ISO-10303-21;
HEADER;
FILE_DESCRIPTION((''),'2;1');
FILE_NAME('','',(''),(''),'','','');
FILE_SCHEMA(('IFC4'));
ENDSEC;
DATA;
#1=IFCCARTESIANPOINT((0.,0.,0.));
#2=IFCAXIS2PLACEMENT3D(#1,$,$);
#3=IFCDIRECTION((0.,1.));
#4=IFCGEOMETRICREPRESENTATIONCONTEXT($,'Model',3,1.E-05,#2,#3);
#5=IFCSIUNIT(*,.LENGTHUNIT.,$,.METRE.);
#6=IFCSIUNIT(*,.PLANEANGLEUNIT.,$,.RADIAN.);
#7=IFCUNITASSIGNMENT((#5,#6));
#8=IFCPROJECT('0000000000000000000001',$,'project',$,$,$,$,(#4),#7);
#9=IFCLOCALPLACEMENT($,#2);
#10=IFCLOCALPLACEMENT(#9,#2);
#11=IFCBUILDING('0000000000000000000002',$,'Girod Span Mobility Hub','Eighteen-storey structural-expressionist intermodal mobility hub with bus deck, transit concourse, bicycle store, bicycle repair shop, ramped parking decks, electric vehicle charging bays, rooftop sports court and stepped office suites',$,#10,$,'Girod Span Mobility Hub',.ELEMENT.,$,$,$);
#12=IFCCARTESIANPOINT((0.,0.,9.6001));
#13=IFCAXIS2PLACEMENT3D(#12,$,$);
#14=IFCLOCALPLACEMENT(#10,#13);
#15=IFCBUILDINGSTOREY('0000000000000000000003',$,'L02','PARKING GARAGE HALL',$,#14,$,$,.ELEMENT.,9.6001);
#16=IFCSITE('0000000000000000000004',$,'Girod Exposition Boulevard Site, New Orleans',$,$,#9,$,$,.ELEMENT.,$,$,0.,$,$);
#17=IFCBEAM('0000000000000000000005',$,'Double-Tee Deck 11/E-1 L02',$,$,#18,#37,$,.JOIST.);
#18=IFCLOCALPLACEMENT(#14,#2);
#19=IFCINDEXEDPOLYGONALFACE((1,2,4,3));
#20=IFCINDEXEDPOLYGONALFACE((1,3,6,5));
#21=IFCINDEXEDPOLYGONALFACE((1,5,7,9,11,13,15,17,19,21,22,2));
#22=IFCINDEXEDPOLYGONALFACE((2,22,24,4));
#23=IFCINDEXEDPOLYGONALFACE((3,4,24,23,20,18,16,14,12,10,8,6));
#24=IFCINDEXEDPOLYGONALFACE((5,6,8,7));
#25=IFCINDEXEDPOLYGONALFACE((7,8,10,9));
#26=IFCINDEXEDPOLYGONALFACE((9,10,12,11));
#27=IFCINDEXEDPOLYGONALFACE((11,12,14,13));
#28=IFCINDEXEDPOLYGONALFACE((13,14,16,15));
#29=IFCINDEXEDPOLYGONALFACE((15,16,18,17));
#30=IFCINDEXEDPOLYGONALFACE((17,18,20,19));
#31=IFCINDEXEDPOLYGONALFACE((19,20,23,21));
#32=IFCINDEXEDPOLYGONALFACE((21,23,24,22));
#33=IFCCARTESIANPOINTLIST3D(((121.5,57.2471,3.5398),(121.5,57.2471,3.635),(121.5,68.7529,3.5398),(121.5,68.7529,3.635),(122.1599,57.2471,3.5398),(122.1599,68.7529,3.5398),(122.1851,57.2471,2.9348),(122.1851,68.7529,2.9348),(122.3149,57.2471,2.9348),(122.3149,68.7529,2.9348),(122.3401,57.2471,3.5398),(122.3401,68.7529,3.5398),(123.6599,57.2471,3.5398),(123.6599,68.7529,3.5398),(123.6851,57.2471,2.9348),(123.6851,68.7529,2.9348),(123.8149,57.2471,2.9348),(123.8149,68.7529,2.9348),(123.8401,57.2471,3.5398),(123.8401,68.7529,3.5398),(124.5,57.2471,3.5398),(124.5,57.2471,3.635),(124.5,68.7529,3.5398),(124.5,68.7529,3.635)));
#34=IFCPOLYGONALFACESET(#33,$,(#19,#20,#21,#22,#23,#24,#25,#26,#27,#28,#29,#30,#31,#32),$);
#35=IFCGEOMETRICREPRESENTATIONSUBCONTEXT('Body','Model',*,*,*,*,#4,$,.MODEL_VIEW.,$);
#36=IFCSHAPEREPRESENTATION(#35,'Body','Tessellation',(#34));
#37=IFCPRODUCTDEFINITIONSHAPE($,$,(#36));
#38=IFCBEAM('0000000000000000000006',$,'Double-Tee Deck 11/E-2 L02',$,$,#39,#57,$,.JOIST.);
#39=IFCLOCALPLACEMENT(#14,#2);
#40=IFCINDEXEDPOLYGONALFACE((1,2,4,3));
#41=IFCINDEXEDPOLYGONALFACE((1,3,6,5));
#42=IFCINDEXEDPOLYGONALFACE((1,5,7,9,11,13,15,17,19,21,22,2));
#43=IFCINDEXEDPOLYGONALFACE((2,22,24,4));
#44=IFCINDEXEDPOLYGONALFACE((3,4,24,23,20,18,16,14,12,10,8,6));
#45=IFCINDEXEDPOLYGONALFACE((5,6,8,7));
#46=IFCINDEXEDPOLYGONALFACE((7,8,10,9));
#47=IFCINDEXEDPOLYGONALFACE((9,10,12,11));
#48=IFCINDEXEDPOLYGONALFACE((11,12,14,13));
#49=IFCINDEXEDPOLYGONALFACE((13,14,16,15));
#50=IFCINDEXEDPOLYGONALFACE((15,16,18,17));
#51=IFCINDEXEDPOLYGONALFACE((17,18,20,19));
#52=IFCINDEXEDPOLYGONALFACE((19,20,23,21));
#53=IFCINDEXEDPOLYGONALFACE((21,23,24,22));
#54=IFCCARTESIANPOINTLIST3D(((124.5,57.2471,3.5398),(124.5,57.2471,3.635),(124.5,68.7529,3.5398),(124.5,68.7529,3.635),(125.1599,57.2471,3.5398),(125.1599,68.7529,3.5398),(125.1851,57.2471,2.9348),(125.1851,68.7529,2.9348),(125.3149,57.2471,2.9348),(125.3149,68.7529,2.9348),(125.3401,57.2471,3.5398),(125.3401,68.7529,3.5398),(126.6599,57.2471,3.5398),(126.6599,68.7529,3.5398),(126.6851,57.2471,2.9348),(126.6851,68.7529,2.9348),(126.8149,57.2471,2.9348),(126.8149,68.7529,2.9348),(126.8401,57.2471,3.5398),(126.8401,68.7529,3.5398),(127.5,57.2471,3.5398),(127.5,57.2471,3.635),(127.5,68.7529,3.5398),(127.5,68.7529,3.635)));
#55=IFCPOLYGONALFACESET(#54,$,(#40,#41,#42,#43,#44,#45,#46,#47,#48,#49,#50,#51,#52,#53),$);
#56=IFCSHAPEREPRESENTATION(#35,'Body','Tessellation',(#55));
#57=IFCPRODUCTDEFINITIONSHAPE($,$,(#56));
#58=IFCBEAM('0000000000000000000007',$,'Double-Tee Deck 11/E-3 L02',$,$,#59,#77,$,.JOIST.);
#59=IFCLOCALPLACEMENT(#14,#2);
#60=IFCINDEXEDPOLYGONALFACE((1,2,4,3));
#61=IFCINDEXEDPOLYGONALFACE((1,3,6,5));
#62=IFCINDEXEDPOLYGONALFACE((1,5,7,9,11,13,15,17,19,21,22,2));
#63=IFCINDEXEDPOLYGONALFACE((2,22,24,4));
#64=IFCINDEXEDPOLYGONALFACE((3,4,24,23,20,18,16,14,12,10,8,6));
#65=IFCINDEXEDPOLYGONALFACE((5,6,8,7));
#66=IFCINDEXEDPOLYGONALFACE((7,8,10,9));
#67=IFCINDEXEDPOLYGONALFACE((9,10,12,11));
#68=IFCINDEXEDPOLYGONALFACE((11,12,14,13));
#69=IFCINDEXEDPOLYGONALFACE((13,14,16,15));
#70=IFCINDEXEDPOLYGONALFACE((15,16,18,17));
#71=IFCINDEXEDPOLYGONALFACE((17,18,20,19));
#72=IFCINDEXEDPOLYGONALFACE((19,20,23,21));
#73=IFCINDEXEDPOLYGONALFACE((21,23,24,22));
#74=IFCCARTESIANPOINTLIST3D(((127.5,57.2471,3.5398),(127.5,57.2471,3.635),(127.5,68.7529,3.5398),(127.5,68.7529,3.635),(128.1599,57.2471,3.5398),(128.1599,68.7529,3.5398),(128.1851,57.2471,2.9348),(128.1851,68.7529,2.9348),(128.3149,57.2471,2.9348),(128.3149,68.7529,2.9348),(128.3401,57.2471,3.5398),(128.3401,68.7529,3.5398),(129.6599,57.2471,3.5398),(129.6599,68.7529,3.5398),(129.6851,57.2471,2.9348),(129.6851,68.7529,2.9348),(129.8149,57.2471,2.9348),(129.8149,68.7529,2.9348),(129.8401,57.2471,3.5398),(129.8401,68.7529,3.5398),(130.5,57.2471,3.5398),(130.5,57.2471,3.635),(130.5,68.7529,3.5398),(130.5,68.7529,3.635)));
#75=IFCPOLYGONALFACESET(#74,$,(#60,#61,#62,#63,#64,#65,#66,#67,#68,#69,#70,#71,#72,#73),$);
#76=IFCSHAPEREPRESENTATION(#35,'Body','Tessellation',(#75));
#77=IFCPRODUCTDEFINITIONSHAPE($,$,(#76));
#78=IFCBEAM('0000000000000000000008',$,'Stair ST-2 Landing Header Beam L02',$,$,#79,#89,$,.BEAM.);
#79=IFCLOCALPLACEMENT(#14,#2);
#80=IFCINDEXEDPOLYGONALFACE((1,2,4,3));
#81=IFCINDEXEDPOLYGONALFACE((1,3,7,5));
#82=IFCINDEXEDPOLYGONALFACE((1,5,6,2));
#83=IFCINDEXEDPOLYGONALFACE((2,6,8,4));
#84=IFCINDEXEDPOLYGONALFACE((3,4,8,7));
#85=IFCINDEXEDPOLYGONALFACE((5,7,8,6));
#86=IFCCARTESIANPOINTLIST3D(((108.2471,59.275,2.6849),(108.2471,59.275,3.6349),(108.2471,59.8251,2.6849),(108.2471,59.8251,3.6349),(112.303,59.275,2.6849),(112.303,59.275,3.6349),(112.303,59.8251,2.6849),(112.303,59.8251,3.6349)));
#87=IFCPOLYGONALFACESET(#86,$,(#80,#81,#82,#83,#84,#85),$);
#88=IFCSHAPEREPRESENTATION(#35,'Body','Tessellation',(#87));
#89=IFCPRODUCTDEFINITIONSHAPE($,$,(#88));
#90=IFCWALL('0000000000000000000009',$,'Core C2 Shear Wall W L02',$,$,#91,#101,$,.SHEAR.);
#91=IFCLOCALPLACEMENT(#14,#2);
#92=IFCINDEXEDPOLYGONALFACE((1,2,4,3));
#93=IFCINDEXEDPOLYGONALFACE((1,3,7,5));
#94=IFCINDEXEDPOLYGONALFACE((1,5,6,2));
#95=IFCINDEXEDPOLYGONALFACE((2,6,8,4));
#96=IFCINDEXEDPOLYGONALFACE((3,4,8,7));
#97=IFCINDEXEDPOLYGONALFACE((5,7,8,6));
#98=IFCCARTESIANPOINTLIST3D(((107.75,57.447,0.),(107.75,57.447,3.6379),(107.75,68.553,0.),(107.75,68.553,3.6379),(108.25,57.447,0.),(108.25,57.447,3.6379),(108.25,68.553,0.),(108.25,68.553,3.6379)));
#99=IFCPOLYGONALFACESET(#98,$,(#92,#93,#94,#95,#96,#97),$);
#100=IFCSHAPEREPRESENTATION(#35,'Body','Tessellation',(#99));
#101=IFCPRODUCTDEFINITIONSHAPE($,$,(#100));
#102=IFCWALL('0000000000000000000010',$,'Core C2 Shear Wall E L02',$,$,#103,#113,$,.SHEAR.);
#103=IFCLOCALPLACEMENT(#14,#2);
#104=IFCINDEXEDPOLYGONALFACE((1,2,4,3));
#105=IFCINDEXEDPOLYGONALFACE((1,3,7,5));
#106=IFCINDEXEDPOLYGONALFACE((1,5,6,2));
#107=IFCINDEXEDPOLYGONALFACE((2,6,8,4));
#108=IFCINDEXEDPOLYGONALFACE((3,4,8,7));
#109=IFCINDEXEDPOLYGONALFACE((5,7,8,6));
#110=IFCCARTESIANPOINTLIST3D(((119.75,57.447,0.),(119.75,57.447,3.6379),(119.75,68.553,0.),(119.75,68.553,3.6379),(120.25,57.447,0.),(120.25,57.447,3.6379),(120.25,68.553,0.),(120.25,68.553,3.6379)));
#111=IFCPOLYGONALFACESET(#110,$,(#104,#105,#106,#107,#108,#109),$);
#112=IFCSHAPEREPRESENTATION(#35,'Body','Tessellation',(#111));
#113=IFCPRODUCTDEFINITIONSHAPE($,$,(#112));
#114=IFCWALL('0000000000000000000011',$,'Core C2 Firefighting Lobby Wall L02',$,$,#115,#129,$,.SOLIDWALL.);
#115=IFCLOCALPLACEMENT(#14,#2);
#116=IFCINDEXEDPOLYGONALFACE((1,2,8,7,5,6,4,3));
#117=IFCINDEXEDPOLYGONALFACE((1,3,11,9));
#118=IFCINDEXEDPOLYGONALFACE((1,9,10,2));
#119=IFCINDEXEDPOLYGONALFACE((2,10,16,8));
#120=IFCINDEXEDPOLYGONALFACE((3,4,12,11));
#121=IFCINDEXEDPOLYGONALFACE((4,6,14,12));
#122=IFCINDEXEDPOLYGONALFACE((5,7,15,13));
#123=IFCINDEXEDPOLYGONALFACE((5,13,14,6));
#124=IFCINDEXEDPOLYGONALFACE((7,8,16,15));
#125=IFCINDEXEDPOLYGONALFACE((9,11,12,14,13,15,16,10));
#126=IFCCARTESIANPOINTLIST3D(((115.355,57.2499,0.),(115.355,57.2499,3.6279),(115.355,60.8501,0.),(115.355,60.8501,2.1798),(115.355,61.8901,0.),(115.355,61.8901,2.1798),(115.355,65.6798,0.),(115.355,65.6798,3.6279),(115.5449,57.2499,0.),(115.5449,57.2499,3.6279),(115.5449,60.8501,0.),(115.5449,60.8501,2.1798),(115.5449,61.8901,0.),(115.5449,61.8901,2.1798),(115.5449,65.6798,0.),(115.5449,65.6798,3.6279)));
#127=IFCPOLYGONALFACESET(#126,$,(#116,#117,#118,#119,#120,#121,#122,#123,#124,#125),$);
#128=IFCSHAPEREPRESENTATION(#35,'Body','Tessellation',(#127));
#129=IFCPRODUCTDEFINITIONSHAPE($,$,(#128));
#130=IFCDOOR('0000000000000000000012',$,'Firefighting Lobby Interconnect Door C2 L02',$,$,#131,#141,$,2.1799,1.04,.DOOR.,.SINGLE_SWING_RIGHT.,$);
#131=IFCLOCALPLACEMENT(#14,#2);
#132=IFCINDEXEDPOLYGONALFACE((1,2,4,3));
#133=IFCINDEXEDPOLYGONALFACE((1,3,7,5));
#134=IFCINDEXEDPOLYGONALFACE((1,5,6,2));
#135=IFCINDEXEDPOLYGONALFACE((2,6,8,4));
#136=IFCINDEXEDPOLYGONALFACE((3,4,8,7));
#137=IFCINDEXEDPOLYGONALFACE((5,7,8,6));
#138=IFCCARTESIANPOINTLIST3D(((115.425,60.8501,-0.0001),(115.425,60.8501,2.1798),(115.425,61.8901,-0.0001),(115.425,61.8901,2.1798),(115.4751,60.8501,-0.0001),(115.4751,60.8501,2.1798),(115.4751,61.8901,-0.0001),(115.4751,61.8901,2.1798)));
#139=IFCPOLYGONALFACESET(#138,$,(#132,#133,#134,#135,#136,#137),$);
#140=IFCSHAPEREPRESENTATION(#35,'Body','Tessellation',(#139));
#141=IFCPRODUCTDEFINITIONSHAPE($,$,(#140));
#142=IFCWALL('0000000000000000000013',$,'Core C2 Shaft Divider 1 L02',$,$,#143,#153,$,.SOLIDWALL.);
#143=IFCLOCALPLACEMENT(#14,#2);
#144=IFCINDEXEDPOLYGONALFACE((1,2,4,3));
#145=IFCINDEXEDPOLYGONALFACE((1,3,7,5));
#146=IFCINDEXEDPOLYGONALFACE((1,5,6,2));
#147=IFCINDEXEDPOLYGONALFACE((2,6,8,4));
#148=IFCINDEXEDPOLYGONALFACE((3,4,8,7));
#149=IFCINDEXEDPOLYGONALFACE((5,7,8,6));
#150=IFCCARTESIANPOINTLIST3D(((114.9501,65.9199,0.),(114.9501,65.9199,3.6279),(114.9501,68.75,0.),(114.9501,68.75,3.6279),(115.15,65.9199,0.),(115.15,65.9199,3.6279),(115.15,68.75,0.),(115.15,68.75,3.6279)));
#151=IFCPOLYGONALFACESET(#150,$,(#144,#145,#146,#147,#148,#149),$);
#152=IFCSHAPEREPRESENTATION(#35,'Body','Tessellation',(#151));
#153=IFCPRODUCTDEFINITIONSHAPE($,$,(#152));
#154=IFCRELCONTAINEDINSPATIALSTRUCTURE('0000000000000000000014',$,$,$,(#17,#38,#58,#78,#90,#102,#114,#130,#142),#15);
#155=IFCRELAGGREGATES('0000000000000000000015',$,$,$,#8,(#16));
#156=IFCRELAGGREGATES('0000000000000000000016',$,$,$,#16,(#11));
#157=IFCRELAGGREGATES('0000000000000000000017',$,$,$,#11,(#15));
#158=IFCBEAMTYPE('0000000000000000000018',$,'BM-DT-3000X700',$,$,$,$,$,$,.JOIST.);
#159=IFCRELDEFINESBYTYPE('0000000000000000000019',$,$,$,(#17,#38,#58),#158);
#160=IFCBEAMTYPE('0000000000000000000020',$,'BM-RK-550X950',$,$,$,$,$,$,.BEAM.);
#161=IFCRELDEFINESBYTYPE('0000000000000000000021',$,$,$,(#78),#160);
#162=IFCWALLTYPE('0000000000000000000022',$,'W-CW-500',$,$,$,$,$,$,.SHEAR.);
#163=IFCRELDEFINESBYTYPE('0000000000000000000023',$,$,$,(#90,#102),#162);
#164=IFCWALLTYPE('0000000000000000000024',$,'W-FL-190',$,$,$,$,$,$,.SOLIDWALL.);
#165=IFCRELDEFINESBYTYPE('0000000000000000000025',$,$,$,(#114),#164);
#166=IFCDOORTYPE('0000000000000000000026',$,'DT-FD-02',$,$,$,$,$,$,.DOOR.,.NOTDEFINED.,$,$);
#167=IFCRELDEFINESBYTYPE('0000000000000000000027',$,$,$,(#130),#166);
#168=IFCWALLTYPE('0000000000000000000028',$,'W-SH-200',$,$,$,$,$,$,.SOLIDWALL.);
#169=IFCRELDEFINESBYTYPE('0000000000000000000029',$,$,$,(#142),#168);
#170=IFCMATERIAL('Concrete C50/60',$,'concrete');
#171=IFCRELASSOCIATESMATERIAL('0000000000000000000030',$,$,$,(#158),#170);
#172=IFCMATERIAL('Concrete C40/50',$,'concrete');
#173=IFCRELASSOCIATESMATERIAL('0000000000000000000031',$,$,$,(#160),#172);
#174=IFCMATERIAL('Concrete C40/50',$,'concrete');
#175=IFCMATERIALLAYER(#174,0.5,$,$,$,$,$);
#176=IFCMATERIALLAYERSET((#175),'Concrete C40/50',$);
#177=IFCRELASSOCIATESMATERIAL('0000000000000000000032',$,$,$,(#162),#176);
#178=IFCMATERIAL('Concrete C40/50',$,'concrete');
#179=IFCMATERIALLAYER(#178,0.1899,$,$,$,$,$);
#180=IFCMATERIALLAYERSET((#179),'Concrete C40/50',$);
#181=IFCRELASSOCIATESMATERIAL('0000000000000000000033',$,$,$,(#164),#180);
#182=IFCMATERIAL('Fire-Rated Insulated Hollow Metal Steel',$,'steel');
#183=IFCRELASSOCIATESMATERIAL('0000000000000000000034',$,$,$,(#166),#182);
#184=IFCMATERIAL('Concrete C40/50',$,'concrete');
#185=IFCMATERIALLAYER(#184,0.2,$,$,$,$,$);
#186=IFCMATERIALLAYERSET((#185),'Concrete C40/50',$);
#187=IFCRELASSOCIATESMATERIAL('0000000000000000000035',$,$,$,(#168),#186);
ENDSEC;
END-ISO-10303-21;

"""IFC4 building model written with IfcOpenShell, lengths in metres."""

from ifc_helpers import new_model, si_unit, direction, frame, frame_2d, origin, origin_2d, place, context, subcontext, project, spatial, polyline, rectangle, outline, extrude, material, layer, layer_set, material_profile, profile_set, type_object, element, fill, save


model = new_model("IFC4")

# Units and contexts
model_context = context("Model", 3, precision=1e-05, world=origin(), true_north=direction((0.0, 1.0)))
body_context = subcontext(model_context, "Body", "Model", "MODEL_VIEW")
ifc_project = project(units=[si_unit("LENGTHUNIT", "METRE"), si_unit("PLANEANGLEUNIT", "RADIAN")], contexts=[model_context])

# Site, building, storey
site_placement = place(None, origin())
site = spatial("IfcSite", under=ifc_project, at=site_placement, Name="Girod Exposition Boulevard Site, New Orleans", CompositionType="ELEMENT", RefElevation=0.0)
building_placement = place(site_placement, origin())
building = spatial("IfcBuilding", under=site, at=building_placement, Name="Girod Span Mobility Hub", Description="Eighteen-storey structural-expressionist intermodal mobility hub with bus deck, transit concourse, bicycle store, bicycle repair shop, ramped parking decks, electric vehicle charging bays, rooftop sports court and stepped office suites", LongName="Girod Span Mobility Hub", CompositionType="ELEMENT")
storey_placement = place(building_placement, frame((0.0, 0.0, 9.6001)))
storey = spatial("IfcBuildingStorey", under=building, at=storey_placement, Name="L02", Description="PARKING GARAGE HALL", CompositionType="ELEMENT", Elevation=9.6001)

# Beams
ifc_material_1 = material(Name="Concrete C50/60", Category="concrete")
ifc_material_profile_1 = material_profile(ifc_material_1, outline(polyline([(-1.5, 0.3501), (-1.5, 0.2549), (-0.8401, 0.2549), (-0.8149, -0.3501), (-0.6851, -0.3501), (-0.6599, 0.2549), (0.6599, 0.2549), (0.6851, -0.3501), (0.8149, -0.3501), (0.8401, 0.2549), (1.5, 0.2549), (1.5, 0.3501), (-1.5, 0.3501)])), Name="DT-3000X700")
ifc_profile_set_1 = profile_set([ifc_material_profile_1], Name="Concrete C50/60")
beam_type_1 = type_object("IfcBeamType", Name="BM-DT-3000X700", PredefinedType="JOIST", material=ifc_profile_set_1)
for number, where, z_axis, x_axis, name in (
    (1, (123.0, 57.2471, 3.2849), (0.0, 1.0, 0.0), (-1.0, 0.0, 0.0), "Double-Tee Deck 11/E-1 L02"),
    (2, (126.0, 57.2471, 3.2849), (0.0, 1.0, 0.0), (-1.0, 0.0, 0.0), "Double-Tee Deck 11/E-2 L02"),
    (3, (129.0, 57.2471, 3.2849), (0.0, 1.0, 0.0), (-1.0, 0.0, 0.0), "Double-Tee Deck 11/E-3 L02"),
):
    element("IfcBeam", number, at=place(storey_placement, frame(where, z_axis=z_axis, x_axis=x_axis)), inside=storey, type_object=beam_type_1, Name=name, PredefinedType="JOIST", context=body_context, shape_type="SweptSolid", body=[
        extrude(outline(polyline([(-1.5, 0.3501), (-1.5, 0.2549), (-0.8401, 0.2549), (-0.8149, -0.3501), (-0.6851, -0.3501), (-0.6599, 0.2549), (0.6599, 0.2549), (0.6851, -0.3501), (0.8149, -0.3501), (0.8401, 0.2549), (1.5, 0.2549), (1.5, 0.3501), (-1.5, 0.3501)])), origin(), (0.0, 0.0, 1.0), 11.5059),
    ])
ifc_material_2 = material(Name="Concrete C40/50", Category="concrete")
ifc_material_profile_2 = material_profile(ifc_material_2, rectangle(XDim=0.55, YDim=0.95, at=origin_2d()), Name="RK-550X950")
ifc_profile_set_2 = profile_set([ifc_material_profile_2], Name="Concrete C40/50")
beam_type_2 = type_object("IfcBeamType", Name="BM-RK-550X950", PredefinedType="BEAM", material=ifc_profile_set_2)
beam_placement = place(storey_placement, frame((108.2471, 59.55, 3.1599), z_axis=(1.0, 0.0, 0.0), x_axis=(0.0, 1.0, 0.0)))
element("IfcBeam", 4, at=beam_placement, inside=storey, type_object=beam_type_2, Name="Stair ST-2 Landing Header Beam L02", PredefinedType="BEAM", context=body_context, shape_type="SweptSolid", body=[
    extrude(rectangle(XDim=0.55, YDim=0.95, at=origin_2d()), origin(), (0.0, 0.0, 1.0), 4.0559),
])

# Walls
ifc_material_3 = material(Name="Concrete C40/50", Category="concrete")
ifc_layer_1 = layer(ifc_material_3, 0.5)
ifc_layer_set_1 = layer_set([ifc_layer_1], Name="Concrete C40/50")
wall_type_1 = type_object("IfcWallType", Name="W-CW-500", PredefinedType="SHEAR", material=ifc_layer_set_1)
for number, where, z_axis, x_axis, name in (
    (5, (108.0, 57.447, 0.0), (0.0, 0.0, 1.0), (0.0, 1.0, 0.0), "Core C2 Shear Wall W L02"),
    (6, (120.0, 57.447, 0.0), (0.0, 0.0, 1.0), (0.0, 1.0, 0.0), "Core C2 Shear Wall E L02"),
):
    element("IfcWall", number, at=place(storey_placement, frame(where, z_axis=z_axis, x_axis=x_axis)), inside=storey, type_object=wall_type_1, Name=name, PredefinedType="SHEAR", context=body_context, shape_type="SweptSolid", body=[
        extrude(rectangle(XDim=11.106, YDim=0.5, at=frame_2d((5.553, 0.0))), origin(), (0.0, 0.0, 1.0), 3.6379),
    ])

# Wall, opening, door
ifc_material_4 = material(Name="Concrete C40/50", Category="concrete")
ifc_layer_2 = layer(ifc_material_4, 0.1899)
ifc_layer_set_2 = layer_set([ifc_layer_2], Name="Concrete C40/50")
wall_type_2 = type_object("IfcWallType", Name="W-FL-190", PredefinedType="SOLIDWALL", material=ifc_layer_set_2)
wall_1_placement = place(storey_placement, frame((115.45, 57.25, 0.0), z_axis=(0.0, 0.0, 1.0), x_axis=(0.0, 1.0, 0.0)))
wall_1 = element("IfcWall", 7, at=wall_1_placement, inside=storey, type_object=wall_type_2, Name="Core C2 Firefighting Lobby Wall L02", PredefinedType="SOLIDWALL", context=body_context, shape_type="SweptSolid", body=[
    extrude(rectangle(XDim=8.4299, YDim=0.1899, at=frame_2d((4.2148, 0.0))), origin(), (0.0, 0.0, 1.0), 3.6279),
])
opening_1_placement = place(wall_1_placement, frame((3.6001, 0.0, 0.0)))
opening_1 = element("IfcOpeningElement", 8, at=opening_1_placement, cuts=wall_1, PredefinedType="OPENING", context=body_context, shape_type="SweptSolid", body=[
    extrude(rectangle(XDim=1.04, YDim=2.1799, at=frame_2d((0.52, 1.0898))), frame((0.0, 0.1099, 0.0), z_axis=(0.0, -1.0, 0.0), x_axis=(1.0, 0.0, 0.0)), (0.0, 0.0, 1.0), 0.22),
])
ifc_material_5 = material(Name="Fire-Rated Insulated Hollow Metal Steel", Category="steel")
door_type_1 = type_object("IfcDoorType", Name="DT-FD-02", OperationType="NOTDEFINED", PredefinedType="DOOR", material=ifc_material_5)
door_1_placement = place(opening_1_placement, origin())
door_1 = element("IfcDoor", 9, at=door_1_placement, inside=storey, type_object=door_type_1, Name="Firefighting Lobby Interconnect Door C2 L02", OperationType="SINGLE_SWING_RIGHT", OverallHeight=2.1799, OverallWidth=1.04, PredefinedType="DOOR", context=body_context, shape_type="SweptSolid", body=[
    extrude(rectangle(XDim=1.04, YDim=2.1799, at=frame_2d((0.52, 1.0898))), frame((0.0, 0.0249, 0.0), z_axis=(0.0, -1.0, 0.0), x_axis=(1.0, 0.0, 0.0)), (0.0, 0.0, 1.0), 0.05),
])
fill(opening_1, door_1)

# Wall
ifc_material_6 = material(Name="Concrete C40/50", Category="concrete")
ifc_layer_3 = layer(ifc_material_6, 0.2)
ifc_layer_set_3 = layer_set([ifc_layer_3], Name="Concrete C40/50")
wall_type_3 = type_object("IfcWallType", Name="W-SH-200", PredefinedType="SOLIDWALL", material=ifc_layer_set_3)
wall_2_placement = place(storey_placement, frame((115.05, 65.9199, 0.0), z_axis=(0.0, 0.0, 1.0), x_axis=(0.0, 1.0, 0.0)))
element("IfcWall", 10, at=wall_2_placement, inside=storey, type_object=wall_type_3, Name="Core C2 Shaft Divider 1 L02", PredefinedType="SOLIDWALL", context=body_context, shape_type="SweptSolid", body=[
    extrude(rectangle(XDim=2.8301, YDim=0.2, at=frame_2d((1.415, 0.0))), origin(), (0.0, 0.0, 1.0), 3.6279),
])

save(model, "model.ifc")
